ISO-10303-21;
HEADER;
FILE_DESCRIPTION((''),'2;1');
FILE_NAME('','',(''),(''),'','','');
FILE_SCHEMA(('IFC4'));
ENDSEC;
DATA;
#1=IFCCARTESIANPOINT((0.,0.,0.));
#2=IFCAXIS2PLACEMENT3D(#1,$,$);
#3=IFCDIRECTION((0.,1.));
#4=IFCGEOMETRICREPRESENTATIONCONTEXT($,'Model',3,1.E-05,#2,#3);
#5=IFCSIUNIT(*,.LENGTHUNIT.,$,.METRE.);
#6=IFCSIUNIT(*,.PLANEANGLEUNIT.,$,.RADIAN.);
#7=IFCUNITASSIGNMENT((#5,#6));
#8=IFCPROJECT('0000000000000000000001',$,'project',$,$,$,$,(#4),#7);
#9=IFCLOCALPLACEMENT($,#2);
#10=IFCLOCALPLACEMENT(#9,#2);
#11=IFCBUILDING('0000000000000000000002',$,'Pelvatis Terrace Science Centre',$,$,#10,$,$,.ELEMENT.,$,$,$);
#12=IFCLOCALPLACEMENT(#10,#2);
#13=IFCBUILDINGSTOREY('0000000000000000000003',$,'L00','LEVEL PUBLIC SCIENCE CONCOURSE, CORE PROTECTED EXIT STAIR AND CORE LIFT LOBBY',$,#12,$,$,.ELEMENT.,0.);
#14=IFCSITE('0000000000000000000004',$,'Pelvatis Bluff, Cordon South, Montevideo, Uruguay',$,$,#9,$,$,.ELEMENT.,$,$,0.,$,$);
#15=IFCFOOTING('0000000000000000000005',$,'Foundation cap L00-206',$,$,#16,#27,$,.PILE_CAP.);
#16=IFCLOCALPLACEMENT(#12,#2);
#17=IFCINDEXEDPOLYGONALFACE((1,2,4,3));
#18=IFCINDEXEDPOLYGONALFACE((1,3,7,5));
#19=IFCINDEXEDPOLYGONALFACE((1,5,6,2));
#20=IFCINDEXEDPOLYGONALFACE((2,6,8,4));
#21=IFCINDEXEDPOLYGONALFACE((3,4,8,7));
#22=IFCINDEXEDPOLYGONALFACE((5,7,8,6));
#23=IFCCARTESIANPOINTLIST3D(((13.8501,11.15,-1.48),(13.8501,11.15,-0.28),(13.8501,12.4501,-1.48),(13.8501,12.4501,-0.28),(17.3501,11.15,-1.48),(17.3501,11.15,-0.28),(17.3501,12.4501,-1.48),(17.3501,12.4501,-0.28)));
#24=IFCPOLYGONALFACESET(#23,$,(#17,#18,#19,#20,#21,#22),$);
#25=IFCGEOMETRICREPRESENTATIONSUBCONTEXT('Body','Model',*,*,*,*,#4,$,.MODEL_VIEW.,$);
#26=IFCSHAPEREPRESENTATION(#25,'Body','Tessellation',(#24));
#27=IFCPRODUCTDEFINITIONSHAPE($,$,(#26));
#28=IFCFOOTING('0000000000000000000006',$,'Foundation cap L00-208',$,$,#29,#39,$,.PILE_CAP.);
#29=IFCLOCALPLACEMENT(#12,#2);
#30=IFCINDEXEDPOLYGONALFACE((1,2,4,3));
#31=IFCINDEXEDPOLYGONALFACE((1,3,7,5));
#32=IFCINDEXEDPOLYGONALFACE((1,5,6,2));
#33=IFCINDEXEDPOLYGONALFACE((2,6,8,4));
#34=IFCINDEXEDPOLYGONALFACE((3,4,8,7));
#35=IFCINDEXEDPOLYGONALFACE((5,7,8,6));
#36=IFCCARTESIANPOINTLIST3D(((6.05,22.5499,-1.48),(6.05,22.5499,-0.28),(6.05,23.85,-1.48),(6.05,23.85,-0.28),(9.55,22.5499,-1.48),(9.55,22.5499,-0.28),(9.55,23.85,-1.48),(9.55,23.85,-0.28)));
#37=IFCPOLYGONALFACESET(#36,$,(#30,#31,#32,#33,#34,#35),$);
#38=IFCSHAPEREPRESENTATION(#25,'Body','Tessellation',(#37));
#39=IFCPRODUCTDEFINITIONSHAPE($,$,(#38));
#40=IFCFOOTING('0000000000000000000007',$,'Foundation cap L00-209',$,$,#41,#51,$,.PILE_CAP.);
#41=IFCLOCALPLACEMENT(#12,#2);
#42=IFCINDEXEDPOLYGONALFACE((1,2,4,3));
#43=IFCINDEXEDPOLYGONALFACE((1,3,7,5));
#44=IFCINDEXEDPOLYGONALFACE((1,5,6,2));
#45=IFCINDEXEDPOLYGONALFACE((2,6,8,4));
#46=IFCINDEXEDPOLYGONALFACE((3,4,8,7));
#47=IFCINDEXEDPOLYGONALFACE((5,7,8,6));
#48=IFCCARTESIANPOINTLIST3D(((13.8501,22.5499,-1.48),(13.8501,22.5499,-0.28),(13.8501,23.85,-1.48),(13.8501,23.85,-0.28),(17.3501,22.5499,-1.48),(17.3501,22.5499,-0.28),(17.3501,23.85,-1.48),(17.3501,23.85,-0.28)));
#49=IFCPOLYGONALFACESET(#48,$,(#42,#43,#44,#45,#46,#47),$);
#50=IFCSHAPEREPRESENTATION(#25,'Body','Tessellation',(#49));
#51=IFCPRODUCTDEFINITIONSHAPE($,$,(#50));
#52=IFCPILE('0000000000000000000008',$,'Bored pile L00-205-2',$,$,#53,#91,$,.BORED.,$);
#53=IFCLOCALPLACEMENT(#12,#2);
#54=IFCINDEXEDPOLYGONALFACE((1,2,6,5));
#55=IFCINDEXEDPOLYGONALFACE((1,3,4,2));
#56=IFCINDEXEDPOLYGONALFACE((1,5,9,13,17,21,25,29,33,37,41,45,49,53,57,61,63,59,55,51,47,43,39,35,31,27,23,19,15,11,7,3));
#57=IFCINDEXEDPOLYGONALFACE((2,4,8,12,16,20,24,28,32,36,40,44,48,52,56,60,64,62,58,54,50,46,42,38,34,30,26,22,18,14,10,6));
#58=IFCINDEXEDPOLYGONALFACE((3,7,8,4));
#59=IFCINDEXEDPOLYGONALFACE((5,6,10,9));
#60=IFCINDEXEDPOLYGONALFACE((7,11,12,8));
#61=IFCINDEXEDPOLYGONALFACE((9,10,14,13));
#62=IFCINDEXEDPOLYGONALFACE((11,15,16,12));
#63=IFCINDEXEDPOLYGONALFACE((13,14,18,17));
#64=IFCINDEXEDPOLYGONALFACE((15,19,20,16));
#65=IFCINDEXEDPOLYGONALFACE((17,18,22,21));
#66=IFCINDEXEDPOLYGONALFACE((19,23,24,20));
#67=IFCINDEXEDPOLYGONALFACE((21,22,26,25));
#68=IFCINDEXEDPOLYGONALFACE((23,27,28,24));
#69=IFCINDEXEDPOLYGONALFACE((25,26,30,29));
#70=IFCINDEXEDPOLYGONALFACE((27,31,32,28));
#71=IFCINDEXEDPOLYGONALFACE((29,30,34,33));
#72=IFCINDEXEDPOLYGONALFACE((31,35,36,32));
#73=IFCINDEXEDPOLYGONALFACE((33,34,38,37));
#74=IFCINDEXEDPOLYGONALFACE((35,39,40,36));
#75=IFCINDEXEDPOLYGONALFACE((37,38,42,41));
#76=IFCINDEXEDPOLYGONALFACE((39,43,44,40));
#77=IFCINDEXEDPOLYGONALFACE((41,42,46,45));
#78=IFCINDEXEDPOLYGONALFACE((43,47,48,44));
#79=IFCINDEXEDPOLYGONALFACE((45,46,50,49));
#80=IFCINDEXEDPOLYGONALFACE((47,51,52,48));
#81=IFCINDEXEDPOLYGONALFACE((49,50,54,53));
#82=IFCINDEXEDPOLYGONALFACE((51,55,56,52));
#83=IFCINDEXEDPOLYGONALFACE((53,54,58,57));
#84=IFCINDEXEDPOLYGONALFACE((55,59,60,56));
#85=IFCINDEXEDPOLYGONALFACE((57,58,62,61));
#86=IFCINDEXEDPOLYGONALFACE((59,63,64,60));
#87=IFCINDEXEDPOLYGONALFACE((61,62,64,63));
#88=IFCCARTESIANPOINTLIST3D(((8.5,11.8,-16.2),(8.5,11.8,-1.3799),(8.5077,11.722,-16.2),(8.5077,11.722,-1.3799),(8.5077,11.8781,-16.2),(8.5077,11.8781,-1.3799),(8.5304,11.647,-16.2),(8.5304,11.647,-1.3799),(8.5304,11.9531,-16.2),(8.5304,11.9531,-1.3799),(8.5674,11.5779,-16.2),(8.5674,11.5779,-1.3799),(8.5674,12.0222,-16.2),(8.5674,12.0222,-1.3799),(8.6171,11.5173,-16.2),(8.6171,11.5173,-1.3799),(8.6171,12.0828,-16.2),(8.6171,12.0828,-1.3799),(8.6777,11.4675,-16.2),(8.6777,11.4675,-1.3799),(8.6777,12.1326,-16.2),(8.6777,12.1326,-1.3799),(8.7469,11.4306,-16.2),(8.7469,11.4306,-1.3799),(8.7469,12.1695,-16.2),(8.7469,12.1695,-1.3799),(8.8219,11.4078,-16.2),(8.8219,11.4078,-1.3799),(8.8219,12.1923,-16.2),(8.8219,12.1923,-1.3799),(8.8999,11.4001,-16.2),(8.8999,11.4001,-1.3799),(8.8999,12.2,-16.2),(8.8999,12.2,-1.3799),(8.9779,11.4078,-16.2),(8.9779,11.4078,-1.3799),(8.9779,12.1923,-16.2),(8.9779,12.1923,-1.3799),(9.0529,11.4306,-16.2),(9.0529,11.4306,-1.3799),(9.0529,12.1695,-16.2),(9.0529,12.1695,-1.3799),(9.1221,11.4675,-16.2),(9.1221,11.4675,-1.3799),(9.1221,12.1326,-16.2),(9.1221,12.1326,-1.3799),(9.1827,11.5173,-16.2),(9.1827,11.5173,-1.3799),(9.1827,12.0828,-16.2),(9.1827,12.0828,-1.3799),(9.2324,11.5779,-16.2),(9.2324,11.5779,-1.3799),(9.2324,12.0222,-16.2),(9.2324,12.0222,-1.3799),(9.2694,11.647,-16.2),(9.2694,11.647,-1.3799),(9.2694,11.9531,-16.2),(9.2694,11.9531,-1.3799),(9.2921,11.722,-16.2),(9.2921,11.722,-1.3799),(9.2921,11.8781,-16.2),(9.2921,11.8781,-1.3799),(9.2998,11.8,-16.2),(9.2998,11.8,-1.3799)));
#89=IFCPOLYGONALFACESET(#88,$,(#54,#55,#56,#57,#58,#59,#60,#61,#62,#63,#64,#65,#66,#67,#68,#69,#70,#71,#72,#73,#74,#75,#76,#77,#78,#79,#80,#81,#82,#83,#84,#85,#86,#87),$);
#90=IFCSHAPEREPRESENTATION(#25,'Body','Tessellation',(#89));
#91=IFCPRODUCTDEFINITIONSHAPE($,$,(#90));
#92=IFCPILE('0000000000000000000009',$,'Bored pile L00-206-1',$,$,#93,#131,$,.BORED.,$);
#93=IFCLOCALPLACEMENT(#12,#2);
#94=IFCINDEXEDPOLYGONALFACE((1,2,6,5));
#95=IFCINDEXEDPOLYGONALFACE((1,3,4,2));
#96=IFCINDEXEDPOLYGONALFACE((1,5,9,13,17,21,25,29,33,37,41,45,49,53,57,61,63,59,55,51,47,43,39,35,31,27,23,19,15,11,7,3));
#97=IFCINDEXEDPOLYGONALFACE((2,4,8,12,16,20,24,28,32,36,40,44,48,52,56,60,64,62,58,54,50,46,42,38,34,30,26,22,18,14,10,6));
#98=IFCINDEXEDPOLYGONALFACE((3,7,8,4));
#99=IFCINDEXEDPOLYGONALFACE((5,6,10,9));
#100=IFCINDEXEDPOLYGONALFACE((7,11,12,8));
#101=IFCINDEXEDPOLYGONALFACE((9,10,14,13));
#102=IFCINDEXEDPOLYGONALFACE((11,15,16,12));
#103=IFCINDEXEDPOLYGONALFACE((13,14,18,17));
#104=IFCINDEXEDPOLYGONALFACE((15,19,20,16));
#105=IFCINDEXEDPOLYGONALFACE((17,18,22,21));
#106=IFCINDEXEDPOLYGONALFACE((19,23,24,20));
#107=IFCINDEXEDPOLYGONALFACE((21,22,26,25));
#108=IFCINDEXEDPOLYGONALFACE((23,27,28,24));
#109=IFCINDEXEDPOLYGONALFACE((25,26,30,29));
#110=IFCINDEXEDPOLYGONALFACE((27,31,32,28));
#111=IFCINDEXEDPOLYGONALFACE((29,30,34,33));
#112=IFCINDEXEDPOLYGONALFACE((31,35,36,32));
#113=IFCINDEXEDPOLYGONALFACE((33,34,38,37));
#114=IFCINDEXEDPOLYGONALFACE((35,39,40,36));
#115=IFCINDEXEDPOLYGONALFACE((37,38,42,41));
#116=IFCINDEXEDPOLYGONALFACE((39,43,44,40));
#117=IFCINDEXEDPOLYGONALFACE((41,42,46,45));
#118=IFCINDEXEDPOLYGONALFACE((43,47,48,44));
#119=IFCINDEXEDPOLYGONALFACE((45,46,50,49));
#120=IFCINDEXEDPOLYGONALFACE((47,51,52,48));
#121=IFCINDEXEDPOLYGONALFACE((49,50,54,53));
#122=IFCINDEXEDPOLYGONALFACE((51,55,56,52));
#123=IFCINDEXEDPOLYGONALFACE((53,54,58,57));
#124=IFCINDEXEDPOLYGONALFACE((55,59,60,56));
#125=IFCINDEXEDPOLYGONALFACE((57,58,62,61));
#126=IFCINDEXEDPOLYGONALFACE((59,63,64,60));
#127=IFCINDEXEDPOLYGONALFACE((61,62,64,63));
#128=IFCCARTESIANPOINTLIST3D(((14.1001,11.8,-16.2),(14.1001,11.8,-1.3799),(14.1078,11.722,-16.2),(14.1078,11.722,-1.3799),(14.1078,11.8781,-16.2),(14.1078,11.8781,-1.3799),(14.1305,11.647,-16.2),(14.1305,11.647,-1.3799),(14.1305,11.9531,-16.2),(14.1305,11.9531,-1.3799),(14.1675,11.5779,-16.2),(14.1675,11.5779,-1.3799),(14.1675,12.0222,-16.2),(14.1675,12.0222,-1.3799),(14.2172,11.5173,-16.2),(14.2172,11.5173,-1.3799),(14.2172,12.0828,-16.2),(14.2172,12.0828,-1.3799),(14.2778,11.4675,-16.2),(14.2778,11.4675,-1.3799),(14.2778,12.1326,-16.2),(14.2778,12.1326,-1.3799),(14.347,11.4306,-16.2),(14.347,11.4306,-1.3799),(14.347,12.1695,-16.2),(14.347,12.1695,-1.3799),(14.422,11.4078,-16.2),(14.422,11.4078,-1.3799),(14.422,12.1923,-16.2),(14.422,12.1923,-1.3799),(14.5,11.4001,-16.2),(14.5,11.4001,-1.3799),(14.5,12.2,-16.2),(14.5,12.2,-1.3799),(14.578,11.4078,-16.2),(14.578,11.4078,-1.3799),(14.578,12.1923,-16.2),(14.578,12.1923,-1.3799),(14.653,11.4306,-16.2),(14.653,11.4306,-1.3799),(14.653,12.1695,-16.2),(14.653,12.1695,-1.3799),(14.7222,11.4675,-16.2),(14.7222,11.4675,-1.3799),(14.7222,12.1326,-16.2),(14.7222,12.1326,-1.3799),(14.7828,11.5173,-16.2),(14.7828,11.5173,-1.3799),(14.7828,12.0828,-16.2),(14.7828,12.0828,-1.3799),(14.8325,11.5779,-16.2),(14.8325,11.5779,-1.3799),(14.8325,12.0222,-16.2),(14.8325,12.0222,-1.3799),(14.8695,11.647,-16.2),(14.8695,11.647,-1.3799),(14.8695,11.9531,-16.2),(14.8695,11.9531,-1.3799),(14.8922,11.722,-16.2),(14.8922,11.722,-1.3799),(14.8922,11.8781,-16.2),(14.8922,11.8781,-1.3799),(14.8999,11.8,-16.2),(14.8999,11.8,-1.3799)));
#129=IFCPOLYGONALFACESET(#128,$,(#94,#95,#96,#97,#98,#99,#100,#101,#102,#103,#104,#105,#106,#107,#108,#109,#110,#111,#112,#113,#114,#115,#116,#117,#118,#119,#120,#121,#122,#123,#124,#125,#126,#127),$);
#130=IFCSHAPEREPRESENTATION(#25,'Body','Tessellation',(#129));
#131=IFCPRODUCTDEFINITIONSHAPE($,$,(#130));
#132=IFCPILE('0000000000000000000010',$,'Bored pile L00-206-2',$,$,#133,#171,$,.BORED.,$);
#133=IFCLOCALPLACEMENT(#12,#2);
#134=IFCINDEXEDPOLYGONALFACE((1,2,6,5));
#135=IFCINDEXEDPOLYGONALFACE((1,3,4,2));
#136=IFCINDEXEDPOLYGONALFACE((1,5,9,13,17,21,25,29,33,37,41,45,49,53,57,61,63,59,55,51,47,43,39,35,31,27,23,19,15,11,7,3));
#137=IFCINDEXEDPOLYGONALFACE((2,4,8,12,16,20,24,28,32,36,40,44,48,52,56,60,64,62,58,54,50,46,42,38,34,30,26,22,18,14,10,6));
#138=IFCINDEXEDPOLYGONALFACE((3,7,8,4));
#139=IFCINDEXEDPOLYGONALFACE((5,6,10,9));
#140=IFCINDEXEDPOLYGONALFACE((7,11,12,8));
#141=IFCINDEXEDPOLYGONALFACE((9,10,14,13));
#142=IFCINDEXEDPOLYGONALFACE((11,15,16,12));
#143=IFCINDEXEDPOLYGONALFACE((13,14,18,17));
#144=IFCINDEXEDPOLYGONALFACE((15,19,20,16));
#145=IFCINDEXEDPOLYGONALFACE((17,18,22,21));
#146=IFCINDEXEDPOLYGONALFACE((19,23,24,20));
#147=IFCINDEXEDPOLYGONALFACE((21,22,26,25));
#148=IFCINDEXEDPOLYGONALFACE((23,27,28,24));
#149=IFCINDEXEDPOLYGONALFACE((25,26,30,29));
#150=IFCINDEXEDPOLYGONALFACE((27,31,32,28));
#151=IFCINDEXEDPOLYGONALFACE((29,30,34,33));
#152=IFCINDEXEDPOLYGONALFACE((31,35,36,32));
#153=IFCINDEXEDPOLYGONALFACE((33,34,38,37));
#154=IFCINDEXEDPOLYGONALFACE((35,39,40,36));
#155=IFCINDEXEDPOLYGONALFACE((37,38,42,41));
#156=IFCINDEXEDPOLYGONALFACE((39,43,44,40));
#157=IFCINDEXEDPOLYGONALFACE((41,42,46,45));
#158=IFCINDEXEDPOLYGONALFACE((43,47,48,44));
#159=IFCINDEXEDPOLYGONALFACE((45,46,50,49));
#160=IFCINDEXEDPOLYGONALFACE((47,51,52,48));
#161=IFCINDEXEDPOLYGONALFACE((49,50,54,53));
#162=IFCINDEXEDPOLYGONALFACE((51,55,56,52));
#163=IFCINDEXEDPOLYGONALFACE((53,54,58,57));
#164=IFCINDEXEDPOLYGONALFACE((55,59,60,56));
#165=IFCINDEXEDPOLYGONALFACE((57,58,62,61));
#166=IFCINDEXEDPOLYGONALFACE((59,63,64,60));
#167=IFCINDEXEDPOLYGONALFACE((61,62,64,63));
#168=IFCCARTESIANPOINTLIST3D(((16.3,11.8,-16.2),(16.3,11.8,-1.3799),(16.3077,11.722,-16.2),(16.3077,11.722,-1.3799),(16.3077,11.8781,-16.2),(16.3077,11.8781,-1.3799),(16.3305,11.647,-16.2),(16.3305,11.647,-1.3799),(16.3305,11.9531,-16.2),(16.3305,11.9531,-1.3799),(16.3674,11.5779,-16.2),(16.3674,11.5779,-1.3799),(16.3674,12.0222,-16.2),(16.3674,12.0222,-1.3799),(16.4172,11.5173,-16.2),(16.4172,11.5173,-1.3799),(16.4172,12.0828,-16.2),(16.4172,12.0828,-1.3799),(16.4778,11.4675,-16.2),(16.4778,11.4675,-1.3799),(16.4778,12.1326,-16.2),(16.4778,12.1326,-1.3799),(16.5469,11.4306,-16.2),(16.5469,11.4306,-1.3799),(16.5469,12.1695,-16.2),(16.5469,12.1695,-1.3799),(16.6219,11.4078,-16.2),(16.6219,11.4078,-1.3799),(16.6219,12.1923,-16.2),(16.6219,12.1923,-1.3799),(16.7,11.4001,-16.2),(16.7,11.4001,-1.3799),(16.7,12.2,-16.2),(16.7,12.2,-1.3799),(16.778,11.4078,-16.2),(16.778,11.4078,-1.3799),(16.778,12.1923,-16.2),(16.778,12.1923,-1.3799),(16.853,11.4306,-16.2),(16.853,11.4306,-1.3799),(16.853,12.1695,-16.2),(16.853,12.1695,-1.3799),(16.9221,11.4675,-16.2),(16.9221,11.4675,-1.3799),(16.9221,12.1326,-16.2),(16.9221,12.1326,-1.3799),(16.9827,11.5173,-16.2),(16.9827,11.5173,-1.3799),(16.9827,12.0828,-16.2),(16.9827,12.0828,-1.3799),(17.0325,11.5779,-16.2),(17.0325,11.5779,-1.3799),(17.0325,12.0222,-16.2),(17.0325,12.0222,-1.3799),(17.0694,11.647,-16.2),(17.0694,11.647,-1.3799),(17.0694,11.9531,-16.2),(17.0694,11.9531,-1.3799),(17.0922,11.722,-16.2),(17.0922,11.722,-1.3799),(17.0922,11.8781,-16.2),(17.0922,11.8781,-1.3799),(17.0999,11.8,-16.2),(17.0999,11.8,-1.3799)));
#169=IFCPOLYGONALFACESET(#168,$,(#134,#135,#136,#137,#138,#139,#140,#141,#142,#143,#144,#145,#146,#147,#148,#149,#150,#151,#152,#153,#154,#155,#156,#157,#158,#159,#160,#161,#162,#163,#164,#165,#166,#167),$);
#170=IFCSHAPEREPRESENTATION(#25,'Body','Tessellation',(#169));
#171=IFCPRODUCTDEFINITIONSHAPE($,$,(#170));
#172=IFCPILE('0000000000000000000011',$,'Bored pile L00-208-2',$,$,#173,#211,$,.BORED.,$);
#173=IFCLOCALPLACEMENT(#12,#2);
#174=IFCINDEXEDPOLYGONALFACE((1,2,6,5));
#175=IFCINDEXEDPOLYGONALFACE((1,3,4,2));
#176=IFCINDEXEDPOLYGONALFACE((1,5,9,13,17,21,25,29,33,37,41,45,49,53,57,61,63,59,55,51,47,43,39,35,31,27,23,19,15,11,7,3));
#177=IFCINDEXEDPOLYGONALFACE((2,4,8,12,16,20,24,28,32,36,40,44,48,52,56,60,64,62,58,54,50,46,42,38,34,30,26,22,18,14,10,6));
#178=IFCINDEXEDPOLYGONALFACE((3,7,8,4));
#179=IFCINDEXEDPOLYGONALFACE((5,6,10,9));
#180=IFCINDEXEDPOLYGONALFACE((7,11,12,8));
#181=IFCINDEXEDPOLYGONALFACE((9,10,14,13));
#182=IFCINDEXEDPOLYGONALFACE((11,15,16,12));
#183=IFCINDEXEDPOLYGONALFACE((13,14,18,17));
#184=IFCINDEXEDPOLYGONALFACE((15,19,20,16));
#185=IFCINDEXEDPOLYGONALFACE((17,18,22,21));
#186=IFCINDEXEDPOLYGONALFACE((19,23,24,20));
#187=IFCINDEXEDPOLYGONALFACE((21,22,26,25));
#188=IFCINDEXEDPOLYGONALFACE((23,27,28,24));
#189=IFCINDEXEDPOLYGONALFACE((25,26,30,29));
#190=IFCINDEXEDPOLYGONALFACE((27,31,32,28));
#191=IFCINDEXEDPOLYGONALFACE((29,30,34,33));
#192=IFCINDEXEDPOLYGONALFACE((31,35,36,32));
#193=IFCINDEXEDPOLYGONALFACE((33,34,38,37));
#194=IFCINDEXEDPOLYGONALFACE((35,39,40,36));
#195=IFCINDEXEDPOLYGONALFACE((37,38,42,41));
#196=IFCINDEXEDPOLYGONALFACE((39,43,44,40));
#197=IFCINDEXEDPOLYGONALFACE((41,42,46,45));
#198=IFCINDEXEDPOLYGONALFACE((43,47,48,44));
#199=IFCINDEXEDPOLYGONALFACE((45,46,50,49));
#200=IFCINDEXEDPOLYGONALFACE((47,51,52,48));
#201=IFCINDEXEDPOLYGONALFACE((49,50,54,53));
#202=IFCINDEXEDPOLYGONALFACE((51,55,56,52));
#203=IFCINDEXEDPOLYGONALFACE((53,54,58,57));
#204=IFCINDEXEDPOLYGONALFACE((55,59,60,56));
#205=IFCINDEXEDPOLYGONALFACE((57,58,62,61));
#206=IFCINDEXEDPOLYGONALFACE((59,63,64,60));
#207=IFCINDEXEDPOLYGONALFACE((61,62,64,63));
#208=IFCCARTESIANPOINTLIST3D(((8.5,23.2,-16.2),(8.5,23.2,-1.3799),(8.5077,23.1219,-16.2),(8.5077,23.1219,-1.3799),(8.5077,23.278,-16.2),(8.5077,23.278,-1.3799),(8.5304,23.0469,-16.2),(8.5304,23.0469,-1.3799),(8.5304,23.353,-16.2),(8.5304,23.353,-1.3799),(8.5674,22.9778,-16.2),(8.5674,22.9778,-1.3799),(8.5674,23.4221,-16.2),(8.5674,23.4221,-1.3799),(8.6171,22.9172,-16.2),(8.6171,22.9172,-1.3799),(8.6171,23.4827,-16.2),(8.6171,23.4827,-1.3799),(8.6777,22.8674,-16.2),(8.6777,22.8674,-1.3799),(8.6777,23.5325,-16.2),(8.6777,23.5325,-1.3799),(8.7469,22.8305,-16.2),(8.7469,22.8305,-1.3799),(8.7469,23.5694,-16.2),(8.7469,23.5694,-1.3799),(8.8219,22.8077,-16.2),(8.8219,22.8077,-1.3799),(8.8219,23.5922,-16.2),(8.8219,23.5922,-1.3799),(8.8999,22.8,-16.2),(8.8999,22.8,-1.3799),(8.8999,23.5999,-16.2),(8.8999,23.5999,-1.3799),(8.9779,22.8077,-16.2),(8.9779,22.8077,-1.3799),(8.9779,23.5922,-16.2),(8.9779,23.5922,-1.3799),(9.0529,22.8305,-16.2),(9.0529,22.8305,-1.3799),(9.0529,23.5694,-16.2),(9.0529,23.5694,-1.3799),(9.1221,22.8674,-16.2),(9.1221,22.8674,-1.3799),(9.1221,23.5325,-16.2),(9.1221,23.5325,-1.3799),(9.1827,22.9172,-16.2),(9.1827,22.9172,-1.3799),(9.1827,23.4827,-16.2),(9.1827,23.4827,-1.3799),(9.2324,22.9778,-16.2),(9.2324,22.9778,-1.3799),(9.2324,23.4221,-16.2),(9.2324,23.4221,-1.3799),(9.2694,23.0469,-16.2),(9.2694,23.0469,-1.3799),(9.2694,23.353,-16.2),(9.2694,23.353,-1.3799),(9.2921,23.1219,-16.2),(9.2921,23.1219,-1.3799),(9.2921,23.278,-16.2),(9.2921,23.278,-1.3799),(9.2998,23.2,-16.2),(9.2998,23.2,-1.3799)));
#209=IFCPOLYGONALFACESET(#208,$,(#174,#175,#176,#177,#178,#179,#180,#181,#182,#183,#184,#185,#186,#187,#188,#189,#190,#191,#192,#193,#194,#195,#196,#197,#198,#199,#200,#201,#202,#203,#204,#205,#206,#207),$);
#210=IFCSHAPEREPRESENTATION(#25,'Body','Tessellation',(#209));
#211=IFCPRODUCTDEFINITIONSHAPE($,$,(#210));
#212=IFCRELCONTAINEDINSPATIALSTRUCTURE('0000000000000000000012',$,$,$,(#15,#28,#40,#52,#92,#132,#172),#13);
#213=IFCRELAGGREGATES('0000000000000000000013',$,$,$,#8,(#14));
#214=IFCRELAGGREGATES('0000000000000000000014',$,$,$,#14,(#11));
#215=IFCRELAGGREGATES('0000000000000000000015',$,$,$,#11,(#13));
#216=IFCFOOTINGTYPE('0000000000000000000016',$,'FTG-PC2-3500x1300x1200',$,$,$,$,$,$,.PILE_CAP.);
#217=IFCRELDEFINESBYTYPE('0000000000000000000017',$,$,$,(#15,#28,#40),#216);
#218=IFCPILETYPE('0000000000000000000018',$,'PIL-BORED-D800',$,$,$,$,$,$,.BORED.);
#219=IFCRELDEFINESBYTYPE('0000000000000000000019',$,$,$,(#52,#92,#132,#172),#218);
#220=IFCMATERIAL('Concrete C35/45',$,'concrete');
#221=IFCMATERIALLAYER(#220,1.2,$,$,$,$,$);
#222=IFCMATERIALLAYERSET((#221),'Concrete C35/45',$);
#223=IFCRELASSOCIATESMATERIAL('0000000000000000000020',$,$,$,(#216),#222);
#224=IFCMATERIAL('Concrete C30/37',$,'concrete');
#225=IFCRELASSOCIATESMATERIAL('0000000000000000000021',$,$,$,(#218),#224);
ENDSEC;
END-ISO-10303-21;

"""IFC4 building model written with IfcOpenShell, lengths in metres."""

from ifc_helpers import new_model, si_unit, direction, frame, origin, origin_2d, place, context, subcontext, project, spatial, rectangle, circle, extrude, material, layer, layer_set, material_profile, profile_set, type_object, element, save


model = new_model("IFC4")

# Units and contexts
model_context = context("Model", 3, precision=1e-05, world=origin(), true_north=direction((0.0, 1.0)))
body_context = subcontext(model_context, "Body", "Model", "MODEL_VIEW")
ifc_project = project(units=[si_unit("LENGTHUNIT", "METRE"), si_unit("PLANEANGLEUNIT", "RADIAN")], contexts=[model_context])

# Site, building, storey
site_placement = place(None, origin())
site = spatial("IfcSite", under=ifc_project, at=site_placement, Name="Pelvatis Bluff, Cordon South, Montevideo, Uruguay", CompositionType="ELEMENT", RefElevation=0.0)
building_placement = place(site_placement, origin())
building = spatial("IfcBuilding", under=site, at=building_placement, Name="Pelvatis Terrace Science Centre", CompositionType="ELEMENT")
storey_placement = place(building_placement, origin())
storey = spatial("IfcBuildingStorey", under=building, at=storey_placement, Name="L00", Description="LEVEL PUBLIC SCIENCE CONCOURSE, CORE PROTECTED EXIT STAIR AND CORE LIFT LOBBY", CompositionType="ELEMENT", Elevation=0.0)

# Footings
ifc_material_1 = material(Name="Concrete C35/45", Category="concrete")
ifc_layer_1 = layer(ifc_material_1, 1.2)
ifc_layer_set_1 = layer_set([ifc_layer_1], Name="Concrete C35/45")
footing_type = type_object("IfcFootingType", Name="FTG-PC2-3500x1300x1200", PredefinedType="PILE_CAP", material=ifc_layer_set_1)
for number, where, z_axis, x_axis, name in (
    (1, (15.6001, 11.8, -1.48), (0.0, 0.0, 1.0), (1.0, 0.0, 0.0), "Foundation cap L00-206"),
    (2, (7.8, 23.2, -1.48), (0.0, 0.0, 1.0), (1.0, 0.0, 0.0), "Foundation cap L00-208"),
    (3, (15.6001, 23.2, -1.48), (0.0, 0.0, 1.0), (1.0, 0.0, 0.0), "Foundation cap L00-209"),
):
    element("IfcFooting", number, at=place(storey_placement, frame(where, z_axis=z_axis, x_axis=x_axis)), inside=storey, type_object=footing_type, Name=name, PredefinedType="PILE_CAP", context=body_context, shape_type="SweptSolid", body=[
        extrude(rectangle(XDim=3.5, YDim=1.3, at=origin_2d()), origin(), (0.0, 0.0, 1.0), 1.2),
    ])

# Piles
ifc_material_2 = material(Name="Concrete C30/37", Category="concrete")
ifc_material_profile_1 = material_profile(ifc_material_2, circle(Radius=0.3999, at=origin_2d()), Name="PILE D800")
ifc_profile_set_1 = profile_set([ifc_material_profile_1], Name="Concrete C30/37")
pile_type = type_object("IfcPileType", Name="PIL-BORED-D800", PredefinedType="BORED", material=ifc_profile_set_1)
for number, where, z_axis, x_axis, name in (
    (4, (8.8999, 11.8, -1.3799), (0.0, 0.0, -1.0), (1.0, 0.0, 0.0), "Bored pile L00-205-2"),
    (5, (14.5, 11.8, -1.3799), (0.0, 0.0, -1.0), (1.0, 0.0, 0.0), "Bored pile L00-206-1"),
    (6, (16.7, 11.8, -1.3799), (0.0, 0.0, -1.0), (1.0, 0.0, 0.0), "Bored pile L00-206-2"),
    (7, (8.8999, 23.2, -1.3799), (0.0, 0.0, -1.0), (1.0, 0.0, 0.0), "Bored pile L00-208-2"),
):
    element("IfcPile", number, at=place(storey_placement, frame(where, z_axis=z_axis, x_axis=x_axis)), inside=storey, type_object=pile_type, Name=name, PredefinedType="BORED", context=body_context, shape_type="SweptSolid", body=[
        extrude(circle(Radius=0.3999, at=origin_2d()), origin(), (0.0, 0.0, 1.0), 14.8201),
    ])

save(model, "model.ifc")
